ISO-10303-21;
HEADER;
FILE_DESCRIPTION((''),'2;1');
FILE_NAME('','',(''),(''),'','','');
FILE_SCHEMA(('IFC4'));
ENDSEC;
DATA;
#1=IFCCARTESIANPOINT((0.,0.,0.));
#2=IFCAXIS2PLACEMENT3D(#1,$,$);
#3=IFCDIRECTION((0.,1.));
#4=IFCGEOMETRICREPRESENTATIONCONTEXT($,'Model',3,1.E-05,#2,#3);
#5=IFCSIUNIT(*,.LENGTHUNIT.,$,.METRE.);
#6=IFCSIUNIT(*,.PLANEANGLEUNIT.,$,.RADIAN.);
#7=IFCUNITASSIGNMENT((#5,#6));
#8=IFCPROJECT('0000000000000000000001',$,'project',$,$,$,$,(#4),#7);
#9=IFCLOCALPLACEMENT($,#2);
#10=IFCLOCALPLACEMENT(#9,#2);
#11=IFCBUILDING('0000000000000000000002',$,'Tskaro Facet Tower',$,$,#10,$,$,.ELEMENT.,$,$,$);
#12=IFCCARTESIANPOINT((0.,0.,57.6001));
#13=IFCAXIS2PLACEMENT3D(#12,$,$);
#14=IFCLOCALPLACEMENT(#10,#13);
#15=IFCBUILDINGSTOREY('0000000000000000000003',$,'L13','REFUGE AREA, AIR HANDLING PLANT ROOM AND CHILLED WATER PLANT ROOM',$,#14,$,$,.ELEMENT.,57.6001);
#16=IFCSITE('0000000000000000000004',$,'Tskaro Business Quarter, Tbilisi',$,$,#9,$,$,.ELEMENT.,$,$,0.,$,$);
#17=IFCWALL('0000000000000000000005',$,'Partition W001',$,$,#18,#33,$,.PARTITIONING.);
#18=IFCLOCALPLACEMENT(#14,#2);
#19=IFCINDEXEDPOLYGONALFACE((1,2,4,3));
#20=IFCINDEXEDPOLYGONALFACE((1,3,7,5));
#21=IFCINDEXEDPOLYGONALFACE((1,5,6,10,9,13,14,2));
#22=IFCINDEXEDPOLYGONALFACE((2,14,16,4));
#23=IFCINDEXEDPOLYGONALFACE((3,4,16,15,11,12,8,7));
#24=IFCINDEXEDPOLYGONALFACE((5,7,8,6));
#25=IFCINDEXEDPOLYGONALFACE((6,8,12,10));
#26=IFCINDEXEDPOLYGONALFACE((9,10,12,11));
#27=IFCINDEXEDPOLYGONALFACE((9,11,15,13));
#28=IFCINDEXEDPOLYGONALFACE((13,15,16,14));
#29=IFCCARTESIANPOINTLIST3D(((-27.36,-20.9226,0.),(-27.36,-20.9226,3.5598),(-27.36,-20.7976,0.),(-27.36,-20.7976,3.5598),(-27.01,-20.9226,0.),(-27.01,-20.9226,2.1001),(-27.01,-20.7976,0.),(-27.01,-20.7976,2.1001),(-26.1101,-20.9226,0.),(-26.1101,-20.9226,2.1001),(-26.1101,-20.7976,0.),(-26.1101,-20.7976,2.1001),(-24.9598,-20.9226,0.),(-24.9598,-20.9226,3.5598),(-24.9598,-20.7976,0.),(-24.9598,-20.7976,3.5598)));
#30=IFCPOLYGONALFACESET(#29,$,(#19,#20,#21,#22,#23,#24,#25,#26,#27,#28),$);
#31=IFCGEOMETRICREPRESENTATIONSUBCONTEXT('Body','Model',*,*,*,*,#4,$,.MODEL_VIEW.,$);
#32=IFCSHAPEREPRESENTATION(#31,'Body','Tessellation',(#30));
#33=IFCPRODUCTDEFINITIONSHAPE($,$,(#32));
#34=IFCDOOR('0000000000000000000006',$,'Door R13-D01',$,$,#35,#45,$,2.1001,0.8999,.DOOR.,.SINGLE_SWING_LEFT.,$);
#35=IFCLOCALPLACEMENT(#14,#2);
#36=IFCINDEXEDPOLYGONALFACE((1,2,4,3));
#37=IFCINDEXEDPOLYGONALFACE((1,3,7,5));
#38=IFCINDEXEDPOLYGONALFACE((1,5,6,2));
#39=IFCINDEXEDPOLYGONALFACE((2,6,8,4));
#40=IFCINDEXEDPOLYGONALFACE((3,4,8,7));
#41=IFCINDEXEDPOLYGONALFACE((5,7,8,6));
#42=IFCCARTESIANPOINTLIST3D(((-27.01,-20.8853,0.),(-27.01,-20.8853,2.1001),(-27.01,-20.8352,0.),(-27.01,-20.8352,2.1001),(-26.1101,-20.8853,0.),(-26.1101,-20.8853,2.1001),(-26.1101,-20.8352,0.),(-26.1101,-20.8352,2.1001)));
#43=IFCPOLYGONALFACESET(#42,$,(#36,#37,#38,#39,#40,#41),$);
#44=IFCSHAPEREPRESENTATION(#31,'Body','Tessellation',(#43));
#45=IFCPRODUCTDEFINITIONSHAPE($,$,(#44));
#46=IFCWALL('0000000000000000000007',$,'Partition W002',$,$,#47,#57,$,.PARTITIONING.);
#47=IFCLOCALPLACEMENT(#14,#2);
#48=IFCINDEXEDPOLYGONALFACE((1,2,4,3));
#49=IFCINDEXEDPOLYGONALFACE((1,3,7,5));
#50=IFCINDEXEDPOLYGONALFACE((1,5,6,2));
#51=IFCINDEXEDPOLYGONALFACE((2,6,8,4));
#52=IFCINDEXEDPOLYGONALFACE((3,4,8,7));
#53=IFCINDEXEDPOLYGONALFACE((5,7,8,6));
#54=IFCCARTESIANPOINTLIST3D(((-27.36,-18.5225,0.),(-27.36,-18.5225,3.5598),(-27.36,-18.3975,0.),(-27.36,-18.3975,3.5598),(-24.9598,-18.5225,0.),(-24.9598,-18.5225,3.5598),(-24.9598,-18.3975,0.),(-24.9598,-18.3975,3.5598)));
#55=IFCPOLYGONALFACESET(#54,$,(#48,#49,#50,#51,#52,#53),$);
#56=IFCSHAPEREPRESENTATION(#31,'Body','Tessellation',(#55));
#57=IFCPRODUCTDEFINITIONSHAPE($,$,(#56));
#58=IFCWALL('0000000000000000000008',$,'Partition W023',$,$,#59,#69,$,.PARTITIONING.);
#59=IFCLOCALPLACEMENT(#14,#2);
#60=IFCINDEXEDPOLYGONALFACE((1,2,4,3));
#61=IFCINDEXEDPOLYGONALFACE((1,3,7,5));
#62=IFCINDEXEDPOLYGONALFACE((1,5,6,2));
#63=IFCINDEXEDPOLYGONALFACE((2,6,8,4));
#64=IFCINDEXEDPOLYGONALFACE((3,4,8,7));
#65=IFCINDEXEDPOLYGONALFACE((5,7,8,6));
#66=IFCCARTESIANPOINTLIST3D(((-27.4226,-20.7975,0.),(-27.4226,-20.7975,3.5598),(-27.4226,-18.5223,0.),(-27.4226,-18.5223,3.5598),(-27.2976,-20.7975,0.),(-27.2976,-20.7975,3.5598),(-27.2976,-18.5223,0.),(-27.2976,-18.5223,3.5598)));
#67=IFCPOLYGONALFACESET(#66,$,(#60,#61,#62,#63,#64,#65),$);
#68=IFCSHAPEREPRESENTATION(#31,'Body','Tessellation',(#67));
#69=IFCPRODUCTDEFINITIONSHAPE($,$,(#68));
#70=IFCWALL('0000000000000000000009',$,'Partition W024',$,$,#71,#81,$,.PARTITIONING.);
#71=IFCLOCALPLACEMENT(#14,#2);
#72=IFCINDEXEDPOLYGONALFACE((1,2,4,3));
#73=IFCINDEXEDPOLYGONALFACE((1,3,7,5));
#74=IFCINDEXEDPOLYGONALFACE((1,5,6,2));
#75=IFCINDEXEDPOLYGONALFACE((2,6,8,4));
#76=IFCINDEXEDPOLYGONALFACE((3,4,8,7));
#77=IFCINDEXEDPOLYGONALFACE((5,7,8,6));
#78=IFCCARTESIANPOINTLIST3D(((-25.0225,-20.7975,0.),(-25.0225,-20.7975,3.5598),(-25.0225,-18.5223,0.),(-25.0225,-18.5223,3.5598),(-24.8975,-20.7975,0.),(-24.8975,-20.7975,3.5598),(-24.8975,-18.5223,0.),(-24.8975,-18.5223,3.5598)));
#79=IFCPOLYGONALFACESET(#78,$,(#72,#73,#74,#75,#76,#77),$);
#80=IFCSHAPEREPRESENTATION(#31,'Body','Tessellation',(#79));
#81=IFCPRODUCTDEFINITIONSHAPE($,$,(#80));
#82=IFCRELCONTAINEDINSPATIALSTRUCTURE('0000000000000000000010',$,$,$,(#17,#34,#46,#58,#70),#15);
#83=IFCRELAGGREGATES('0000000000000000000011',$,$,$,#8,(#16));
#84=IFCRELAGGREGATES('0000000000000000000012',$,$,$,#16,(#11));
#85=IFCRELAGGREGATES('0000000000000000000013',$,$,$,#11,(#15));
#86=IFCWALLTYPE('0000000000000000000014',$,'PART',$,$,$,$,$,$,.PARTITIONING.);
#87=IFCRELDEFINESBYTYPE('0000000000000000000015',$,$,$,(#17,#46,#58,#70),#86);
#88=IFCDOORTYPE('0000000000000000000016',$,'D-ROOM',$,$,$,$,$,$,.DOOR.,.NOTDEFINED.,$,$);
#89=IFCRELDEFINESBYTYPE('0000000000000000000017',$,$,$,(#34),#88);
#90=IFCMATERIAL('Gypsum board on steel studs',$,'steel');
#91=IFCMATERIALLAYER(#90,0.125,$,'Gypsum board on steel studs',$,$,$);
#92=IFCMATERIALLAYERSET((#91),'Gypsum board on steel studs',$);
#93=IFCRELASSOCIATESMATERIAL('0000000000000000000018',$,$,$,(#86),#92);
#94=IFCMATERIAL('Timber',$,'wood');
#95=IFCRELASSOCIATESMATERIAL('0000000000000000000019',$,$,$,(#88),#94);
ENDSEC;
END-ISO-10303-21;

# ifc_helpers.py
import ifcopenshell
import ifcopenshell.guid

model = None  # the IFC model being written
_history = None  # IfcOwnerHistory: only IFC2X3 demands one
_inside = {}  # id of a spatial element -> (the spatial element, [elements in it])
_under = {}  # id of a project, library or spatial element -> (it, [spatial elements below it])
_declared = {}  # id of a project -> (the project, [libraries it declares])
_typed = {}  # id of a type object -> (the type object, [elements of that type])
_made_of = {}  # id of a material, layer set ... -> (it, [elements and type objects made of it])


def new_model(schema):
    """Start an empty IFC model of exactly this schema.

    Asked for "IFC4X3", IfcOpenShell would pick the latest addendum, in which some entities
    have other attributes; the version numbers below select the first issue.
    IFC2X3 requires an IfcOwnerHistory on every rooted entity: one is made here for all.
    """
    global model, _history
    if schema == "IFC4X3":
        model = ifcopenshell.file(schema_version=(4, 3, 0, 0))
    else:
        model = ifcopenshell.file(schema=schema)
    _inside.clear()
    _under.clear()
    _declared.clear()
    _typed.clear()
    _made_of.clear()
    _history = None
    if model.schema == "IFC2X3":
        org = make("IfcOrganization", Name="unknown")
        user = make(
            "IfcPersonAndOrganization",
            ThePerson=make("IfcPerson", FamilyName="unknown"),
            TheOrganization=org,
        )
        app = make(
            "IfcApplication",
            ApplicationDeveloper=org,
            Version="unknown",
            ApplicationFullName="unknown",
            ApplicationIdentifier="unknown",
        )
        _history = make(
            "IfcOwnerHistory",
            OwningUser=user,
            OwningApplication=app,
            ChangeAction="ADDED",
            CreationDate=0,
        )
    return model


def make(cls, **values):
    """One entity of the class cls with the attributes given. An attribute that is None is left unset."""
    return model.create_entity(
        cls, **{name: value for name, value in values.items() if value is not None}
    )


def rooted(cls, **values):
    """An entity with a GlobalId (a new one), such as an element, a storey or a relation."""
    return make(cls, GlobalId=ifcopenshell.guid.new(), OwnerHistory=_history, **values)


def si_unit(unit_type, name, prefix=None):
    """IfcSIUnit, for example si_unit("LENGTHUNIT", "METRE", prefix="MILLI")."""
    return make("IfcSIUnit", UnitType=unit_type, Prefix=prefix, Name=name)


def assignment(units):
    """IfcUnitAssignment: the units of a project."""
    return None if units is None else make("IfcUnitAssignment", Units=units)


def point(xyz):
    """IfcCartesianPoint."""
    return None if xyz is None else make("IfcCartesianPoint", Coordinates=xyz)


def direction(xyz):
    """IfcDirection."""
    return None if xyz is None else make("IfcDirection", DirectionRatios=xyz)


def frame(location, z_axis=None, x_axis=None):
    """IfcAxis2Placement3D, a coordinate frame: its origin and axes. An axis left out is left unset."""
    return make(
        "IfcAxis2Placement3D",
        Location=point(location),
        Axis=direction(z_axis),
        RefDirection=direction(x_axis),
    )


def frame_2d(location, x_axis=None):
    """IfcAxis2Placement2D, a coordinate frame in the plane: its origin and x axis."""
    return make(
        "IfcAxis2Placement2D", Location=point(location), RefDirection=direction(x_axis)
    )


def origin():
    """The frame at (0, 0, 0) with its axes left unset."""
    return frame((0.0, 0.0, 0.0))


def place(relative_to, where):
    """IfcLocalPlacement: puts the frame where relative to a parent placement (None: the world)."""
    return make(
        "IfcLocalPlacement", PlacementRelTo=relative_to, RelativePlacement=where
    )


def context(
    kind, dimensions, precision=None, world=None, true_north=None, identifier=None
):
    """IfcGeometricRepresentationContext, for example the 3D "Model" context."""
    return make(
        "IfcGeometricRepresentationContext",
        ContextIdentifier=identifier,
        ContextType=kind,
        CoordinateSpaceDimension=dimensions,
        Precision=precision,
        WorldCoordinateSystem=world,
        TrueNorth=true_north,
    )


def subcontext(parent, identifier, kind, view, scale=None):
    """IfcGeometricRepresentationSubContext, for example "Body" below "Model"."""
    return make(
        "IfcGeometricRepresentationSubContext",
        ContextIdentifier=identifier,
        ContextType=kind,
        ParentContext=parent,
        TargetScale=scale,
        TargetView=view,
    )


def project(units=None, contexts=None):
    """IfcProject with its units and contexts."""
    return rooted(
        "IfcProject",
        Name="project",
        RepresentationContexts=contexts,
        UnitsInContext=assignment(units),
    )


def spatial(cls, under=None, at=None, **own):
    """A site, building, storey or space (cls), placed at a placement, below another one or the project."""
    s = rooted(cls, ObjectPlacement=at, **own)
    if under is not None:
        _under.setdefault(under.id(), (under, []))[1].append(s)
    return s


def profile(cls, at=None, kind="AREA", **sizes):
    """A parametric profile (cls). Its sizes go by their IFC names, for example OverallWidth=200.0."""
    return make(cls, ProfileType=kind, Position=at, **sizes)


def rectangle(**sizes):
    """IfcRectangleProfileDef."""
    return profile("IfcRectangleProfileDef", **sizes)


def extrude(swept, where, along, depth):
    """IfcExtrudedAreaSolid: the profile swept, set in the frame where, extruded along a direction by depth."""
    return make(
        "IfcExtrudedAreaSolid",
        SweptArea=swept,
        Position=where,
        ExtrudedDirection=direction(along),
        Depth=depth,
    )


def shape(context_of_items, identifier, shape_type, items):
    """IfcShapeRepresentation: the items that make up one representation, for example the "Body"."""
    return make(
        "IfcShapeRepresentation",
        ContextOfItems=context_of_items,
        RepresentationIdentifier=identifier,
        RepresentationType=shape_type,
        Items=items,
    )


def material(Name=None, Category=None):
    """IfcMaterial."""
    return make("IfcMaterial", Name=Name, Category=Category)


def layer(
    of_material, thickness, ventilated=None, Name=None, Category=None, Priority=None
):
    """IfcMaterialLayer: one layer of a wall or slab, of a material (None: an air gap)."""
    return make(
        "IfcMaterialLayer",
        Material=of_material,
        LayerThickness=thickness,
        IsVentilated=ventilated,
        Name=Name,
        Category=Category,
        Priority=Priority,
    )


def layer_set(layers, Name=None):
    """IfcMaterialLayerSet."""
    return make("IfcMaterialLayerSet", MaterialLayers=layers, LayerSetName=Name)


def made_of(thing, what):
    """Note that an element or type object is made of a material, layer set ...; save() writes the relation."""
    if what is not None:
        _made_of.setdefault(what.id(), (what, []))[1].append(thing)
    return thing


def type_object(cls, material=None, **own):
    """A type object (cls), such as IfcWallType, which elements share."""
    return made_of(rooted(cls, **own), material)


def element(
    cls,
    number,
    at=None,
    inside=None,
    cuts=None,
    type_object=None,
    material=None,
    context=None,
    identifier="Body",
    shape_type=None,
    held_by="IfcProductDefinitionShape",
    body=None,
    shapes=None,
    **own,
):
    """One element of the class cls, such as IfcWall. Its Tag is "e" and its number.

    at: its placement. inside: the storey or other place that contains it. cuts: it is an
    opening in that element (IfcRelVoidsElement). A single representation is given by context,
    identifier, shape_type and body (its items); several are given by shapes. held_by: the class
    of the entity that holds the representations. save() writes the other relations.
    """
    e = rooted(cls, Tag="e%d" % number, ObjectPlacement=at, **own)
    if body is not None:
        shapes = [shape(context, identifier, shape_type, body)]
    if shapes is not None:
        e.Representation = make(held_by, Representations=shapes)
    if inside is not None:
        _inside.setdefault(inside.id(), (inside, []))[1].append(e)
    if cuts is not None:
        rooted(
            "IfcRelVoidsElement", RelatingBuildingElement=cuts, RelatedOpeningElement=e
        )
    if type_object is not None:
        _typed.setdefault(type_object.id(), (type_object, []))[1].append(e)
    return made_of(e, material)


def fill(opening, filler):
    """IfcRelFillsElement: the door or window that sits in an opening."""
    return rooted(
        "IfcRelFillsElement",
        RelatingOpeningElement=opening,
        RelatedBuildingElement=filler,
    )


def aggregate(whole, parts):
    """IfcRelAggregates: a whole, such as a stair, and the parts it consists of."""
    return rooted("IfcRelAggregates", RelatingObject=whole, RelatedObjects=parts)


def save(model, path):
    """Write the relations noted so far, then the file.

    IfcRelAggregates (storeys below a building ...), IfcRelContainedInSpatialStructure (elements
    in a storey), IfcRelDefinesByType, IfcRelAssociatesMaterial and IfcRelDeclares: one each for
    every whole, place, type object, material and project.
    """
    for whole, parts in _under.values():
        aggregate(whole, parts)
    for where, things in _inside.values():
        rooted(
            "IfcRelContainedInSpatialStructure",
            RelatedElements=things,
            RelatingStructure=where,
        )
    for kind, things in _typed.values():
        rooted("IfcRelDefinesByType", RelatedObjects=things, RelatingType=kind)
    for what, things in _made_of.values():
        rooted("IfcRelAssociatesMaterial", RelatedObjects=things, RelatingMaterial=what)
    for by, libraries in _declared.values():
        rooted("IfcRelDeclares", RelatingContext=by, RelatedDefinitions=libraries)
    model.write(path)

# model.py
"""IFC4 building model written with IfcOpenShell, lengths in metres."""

from ifc_helpers import new_model, si_unit, direction, frame, frame_2d, origin, place, context, subcontext, project, spatial, rectangle, extrude, material, layer, layer_set, type_object, element, fill, save


model = new_model("IFC4")

# Units and contexts
model_context = context("Model", 3, precision=1e-05, world=origin(), true_north=direction((0.0, 1.0)))
body_context = subcontext(model_context, "Body", "Model", "MODEL_VIEW")
ifc_project = project(units=[si_unit("LENGTHUNIT", "METRE"), si_unit("PLANEANGLEUNIT", "RADIAN")], contexts=[model_context])

# Site, building, storey
site_placement = place(None, origin())
site = spatial("IfcSite", under=ifc_project, at=site_placement, Name="Tskaro Business Quarter, Tbilisi", CompositionType="ELEMENT", RefElevation=0.0)
building_placement = place(site_placement, origin())
building = spatial("IfcBuilding", under=site, at=building_placement, Name="Tskaro Facet Tower", CompositionType="ELEMENT")
storey_placement = place(building_placement, frame((0.0, 0.0, 57.6001)))
storey = spatial("IfcBuildingStorey", under=building, at=storey_placement, Name="L13", Description="REFUGE AREA, AIR HANDLING PLANT ROOM AND CHILLED WATER PLANT ROOM", CompositionType="ELEMENT", Elevation=57.6001)

# Wall, opening, door
ifc_material_1 = material(Name="Gypsum board on steel studs", Category="steel")
ifc_layer = layer(ifc_material_1, 0.125, Name="Gypsum board on steel studs")
ifc_layer_set = layer_set([ifc_layer], Name="Gypsum board on steel studs")
wall_type = type_object("IfcWallType", Name="PART", PredefinedType="PARTITIONING", material=ifc_layer_set)
wall_1_placement = place(storey_placement, frame((-27.3601, -20.8601, 0.0), z_axis=(0.0, 0.0, 1.0), x_axis=(1.0, 0.0, 0.0)))
wall_1 = element("IfcWall", 1, at=wall_1_placement, inside=storey, type_object=wall_type, Name="Partition W001", PredefinedType="PARTITIONING", context=body_context, shape_type="SweptSolid", body=[
    extrude(rectangle(XDim=2.4001, YDim=0.125, at=frame_2d((1.2002, 0.0))), origin(), (0.0, 0.0, 1.0), 3.5598),
])
opening_placement = place(wall_1_placement, frame((0.3501, 0.0, 0.0)))
opening = element("IfcOpeningElement", 2, at=opening_placement, cuts=wall_1, PredefinedType="OPENING", context=body_context, shape_type="SweptSolid", body=[
    extrude(rectangle(XDim=0.8999, YDim=2.1001, at=frame_2d((0.45, 1.05))), frame((0.0, 0.0725, 0.0), z_axis=(0.0, -1.0, 0.0), x_axis=(1.0, 0.0, 0.0)), (0.0, 0.0, 1.0), 0.145),
])
ifc_material_2 = material(Name="Timber", Category="wood")
door_type = type_object("IfcDoorType", Name="D-ROOM", OperationType="NOTDEFINED", PredefinedType="DOOR", material=ifc_material_2)
door_placement = place(opening_placement, origin())
door = element("IfcDoor", 3, at=door_placement, inside=storey, type_object=door_type, Name="Door R13-D01", OperationType="SINGLE_SWING_LEFT", OverallHeight=2.1001, OverallWidth=0.8999, PredefinedType="DOOR", context=body_context, shape_type="SweptSolid", body=[
    extrude(rectangle(XDim=0.8999, YDim=2.1001, at=frame_2d((0.45, 1.05))), frame((0.0, 0.0249, 0.0), z_axis=(0.0, -1.0, 0.0), x_axis=(1.0, 0.0, 0.0)), (0.0, 0.0, 1.0), 0.05),
])
fill(opening, door)

# Walls
wall_2_placement = place(storey_placement, frame((-27.3601, -18.46, 0.0), z_axis=(0.0, 0.0, 1.0), x_axis=(1.0, 0.0, 0.0)))
element("IfcWall", 4, at=wall_2_placement, inside=storey, type_object=wall_type, Name="Partition W002", PredefinedType="PARTITIONING", context=body_context, shape_type="SweptSolid", body=[
    extrude(rectangle(XDim=2.4001, YDim=0.125, at=frame_2d((1.2002, 0.0))), origin(), (0.0, 0.0, 1.0), 3.5598),
])
for number, where, z_axis, x_axis, name in (
    (5, (-27.3601, -20.7976, 0.0), (0.0, 0.0, 1.0), (0.0, 1.0, 0.0), "Partition W023"),
    (6, (-24.96, -20.7976, 0.0), (0.0, 0.0, 1.0), (0.0, 1.0, 0.0), "Partition W024"),
):
    element("IfcWall", number, at=place(storey_placement, frame(where, z_axis=z_axis, x_axis=x_axis)), inside=storey, type_object=wall_type, Name=name, PredefinedType="PARTITIONING", context=body_context, shape_type="SweptSolid", body=[
        extrude(rectangle(XDim=2.2751, YDim=0.125, at=frame_2d((1.1377, 0.0))), origin(), (0.0, 0.0, 1.0), 3.5598),
    ])

save(model, "model.ifc")
